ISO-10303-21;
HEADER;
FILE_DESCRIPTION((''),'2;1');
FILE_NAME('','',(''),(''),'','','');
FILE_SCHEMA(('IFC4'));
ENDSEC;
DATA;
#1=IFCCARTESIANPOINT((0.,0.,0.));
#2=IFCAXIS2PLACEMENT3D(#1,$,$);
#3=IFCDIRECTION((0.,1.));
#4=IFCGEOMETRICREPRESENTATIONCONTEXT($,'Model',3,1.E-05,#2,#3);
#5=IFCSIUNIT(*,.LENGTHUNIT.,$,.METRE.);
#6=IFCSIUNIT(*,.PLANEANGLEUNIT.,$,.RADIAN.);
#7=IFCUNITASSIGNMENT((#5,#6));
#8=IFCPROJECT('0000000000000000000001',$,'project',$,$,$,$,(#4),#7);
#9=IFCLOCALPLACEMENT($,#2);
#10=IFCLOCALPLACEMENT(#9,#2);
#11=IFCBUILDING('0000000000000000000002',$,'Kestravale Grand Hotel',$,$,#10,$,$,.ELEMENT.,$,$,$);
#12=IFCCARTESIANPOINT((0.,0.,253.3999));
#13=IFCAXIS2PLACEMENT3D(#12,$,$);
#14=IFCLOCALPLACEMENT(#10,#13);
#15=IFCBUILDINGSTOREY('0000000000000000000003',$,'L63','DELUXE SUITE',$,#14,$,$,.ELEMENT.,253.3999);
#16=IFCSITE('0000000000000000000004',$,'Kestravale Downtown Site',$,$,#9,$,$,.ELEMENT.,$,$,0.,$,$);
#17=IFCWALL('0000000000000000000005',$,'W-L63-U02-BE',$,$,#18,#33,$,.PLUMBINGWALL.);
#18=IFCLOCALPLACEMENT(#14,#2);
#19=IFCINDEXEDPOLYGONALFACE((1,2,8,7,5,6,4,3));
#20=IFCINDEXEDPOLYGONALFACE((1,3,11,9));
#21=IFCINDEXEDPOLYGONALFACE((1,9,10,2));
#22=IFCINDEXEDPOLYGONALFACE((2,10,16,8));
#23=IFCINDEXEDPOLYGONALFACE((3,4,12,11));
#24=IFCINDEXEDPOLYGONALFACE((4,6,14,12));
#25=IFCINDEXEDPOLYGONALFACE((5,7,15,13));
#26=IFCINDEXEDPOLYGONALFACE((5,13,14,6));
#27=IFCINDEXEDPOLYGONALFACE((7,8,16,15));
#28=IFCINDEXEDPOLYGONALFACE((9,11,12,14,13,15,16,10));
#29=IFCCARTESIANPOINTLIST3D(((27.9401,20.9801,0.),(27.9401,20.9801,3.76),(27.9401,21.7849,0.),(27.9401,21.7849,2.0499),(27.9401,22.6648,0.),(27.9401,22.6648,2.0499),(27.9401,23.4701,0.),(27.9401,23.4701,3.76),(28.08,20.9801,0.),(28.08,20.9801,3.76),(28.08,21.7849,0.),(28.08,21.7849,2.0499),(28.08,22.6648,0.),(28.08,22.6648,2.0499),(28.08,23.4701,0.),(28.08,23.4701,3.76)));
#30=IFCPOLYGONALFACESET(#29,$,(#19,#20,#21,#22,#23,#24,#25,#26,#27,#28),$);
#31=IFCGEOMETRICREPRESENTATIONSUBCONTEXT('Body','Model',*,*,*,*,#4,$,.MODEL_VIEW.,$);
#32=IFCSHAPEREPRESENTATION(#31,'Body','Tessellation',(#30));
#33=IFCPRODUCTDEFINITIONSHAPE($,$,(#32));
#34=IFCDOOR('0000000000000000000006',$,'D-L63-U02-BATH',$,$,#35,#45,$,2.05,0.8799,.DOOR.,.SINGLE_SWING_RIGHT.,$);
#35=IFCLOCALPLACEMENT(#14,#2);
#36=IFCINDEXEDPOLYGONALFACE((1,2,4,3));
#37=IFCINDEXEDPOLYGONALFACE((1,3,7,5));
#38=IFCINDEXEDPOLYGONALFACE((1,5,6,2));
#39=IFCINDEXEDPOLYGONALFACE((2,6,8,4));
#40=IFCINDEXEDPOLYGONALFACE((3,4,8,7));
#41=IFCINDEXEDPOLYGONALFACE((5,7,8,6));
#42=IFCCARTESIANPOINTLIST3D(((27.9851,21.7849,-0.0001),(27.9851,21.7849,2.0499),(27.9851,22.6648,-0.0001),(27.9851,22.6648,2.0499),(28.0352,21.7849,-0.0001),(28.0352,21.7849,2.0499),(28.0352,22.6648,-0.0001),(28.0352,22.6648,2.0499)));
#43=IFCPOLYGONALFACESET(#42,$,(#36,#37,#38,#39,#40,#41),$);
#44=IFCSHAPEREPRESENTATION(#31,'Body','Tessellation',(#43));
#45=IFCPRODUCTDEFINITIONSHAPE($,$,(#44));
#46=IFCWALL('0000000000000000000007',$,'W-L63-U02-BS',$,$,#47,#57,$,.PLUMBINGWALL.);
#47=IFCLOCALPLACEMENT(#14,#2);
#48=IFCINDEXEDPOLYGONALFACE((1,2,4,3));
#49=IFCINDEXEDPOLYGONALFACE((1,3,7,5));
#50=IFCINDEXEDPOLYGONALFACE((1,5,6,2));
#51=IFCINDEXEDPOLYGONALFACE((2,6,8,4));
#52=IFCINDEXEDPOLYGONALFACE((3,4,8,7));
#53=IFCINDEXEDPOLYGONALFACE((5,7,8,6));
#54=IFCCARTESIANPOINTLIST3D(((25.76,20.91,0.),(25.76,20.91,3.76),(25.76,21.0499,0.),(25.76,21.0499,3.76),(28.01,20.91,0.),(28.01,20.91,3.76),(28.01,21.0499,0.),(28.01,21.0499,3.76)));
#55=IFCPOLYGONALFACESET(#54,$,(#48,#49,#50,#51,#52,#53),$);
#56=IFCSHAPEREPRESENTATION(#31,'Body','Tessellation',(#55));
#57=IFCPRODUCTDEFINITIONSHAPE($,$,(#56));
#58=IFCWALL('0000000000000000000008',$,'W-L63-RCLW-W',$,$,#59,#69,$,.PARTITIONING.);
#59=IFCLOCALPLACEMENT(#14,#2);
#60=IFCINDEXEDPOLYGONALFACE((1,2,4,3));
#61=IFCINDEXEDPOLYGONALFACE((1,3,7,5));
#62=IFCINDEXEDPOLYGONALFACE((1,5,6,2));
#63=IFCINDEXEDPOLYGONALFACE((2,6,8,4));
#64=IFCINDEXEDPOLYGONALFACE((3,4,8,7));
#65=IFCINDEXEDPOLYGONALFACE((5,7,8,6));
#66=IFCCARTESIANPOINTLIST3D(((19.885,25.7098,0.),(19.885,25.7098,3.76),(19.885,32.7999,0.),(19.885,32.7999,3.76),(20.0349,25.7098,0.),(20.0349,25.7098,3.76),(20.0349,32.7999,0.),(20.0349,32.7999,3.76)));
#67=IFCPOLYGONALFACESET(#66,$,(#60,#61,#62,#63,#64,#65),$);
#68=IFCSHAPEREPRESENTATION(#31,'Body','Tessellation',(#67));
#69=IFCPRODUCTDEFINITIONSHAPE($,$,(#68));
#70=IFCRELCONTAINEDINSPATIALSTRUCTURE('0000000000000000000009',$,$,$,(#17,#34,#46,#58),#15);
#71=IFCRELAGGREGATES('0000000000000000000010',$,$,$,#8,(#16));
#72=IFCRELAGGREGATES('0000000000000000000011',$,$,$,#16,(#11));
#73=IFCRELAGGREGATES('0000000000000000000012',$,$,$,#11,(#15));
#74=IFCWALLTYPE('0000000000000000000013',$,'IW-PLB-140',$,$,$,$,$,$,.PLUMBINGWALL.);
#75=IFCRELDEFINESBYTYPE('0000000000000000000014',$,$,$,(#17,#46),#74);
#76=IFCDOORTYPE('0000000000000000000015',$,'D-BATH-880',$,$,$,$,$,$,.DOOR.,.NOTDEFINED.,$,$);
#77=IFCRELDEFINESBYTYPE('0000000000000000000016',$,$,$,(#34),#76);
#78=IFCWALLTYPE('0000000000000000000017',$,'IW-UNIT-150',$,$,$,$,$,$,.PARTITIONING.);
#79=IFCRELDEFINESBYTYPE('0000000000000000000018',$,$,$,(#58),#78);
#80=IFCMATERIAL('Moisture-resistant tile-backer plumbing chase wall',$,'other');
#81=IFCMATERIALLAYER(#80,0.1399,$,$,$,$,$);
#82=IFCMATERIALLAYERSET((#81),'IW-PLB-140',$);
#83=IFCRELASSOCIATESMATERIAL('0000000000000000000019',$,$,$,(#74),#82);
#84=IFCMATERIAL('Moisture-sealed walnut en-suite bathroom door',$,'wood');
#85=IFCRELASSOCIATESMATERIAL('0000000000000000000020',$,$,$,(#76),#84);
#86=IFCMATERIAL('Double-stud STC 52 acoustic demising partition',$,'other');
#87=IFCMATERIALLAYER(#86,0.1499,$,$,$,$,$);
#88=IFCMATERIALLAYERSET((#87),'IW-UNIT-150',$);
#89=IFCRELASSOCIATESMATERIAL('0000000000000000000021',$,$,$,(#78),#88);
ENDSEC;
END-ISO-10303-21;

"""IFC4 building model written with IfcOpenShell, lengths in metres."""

from ifc_helpers import new_model, si_unit, direction, frame, frame_2d, origin, place, context, subcontext, project, spatial, rectangle, extrude, material, layer, layer_set, type_object, element, fill, save


model = new_model("IFC4")

# Units and contexts
model_context = context("Model", 3, precision=1e-05, world=origin(), true_north=direction((0.0, 1.0)))
body_context = subcontext(model_context, "Body", "Model", "MODEL_VIEW")
ifc_project = project(units=[si_unit("LENGTHUNIT", "METRE"), si_unit("PLANEANGLEUNIT", "RADIAN")], contexts=[model_context])

# Site, building, storey
site_placement = place(None, origin())
site = spatial("IfcSite", under=ifc_project, at=site_placement, Name="Kestravale Downtown Site", CompositionType="ELEMENT", RefElevation=0.0)
building_placement = place(site_placement, origin())
building = spatial("IfcBuilding", under=site, at=building_placement, Name="Kestravale Grand Hotel", CompositionType="ELEMENT")
storey_placement = place(building_placement, frame((0.0, 0.0, 253.3999)))
storey = spatial("IfcBuildingStorey", under=building, at=storey_placement, Name="L63", Description="DELUXE SUITE", CompositionType="ELEMENT", Elevation=253.3999)

# Shared definitions
ifc_material_1 = material(Name="Moisture-resistant tile-backer plumbing chase wall", Category="other")
ifc_layer_1 = layer(ifc_material_1, 0.1399)
ifc_layer_set_1 = layer_set([ifc_layer_1], Name="IW-PLB-140")
wall_type_1 = type_object("IfcWallType", Name="IW-PLB-140", PredefinedType="PLUMBINGWALL", material=ifc_layer_set_1)
ifc_material_2 = material(Name="Moisture-sealed walnut en-suite bathroom door", Category="wood")
door_type_1 = type_object("IfcDoorType", Name="D-BATH-880", OperationType="NOTDEFINED", PredefinedType="DOOR", material=ifc_material_2)

# Wall, opening, door
wall_1_placement = place(storey_placement, frame((28.01, 20.98, 0.0), z_axis=(0.0, 0.0, 1.0), x_axis=(0.0, 1.0, 0.0)))
wall_1 = element("IfcWall", 1, at=wall_1_placement, inside=storey, type_object=wall_type_1, Name="W-L63-U02-BE", PredefinedType="PLUMBINGWALL", context=body_context, shape_type="SweptSolid", body=[
    extrude(rectangle(XDim=2.49, YDim=0.1399, at=frame_2d((1.2451, 0.0))), origin(), (0.0, 0.0, 1.0), 3.76),
])
opening_1_placement = place(wall_1_placement, frame((0.8049, 0.0, 0.0)))
opening_1 = element("IfcOpeningElement", 2, at=opening_1_placement, cuts=wall_1, PredefinedType="OPENING", context=body_context, shape_type="SweptSolid", body=[
    extrude(rectangle(XDim=0.8799, YDim=2.05, at=frame_2d((0.4399, 1.0249))), frame((0.0, 0.0798, 0.0), z_axis=(0.0, -1.0, 0.0), x_axis=(1.0, 0.0, 0.0)), (0.0, 0.0, 1.0), 0.1599),
])
door_1_placement = place(opening_1_placement, origin())
door_1 = element("IfcDoor", 3, at=door_1_placement, inside=storey, type_object=door_type_1, Name="D-L63-U02-BATH", OperationType="SINGLE_SWING_RIGHT", OverallHeight=2.05, OverallWidth=0.8799, PredefinedType="DOOR", context=body_context, shape_type="SweptSolid", body=[
    extrude(rectangle(XDim=0.8799, YDim=2.05, at=frame_2d((0.4399, 1.0249))), frame((0.0, 0.0249, 0.0), z_axis=(0.0, -1.0, 0.0), x_axis=(1.0, 0.0, 0.0)), (0.0, 0.0, 1.0), 0.05),
])
fill(opening_1, door_1)

# Walls
wall_2_placement = place(storey_placement, frame((25.76, 20.98, 0.0), z_axis=(0.0, 0.0, 1.0), x_axis=(1.0, 0.0, 0.0)))
element("IfcWall", 4, at=wall_2_placement, inside=storey, type_object=wall_type_1, Name="W-L63-U02-BS", PredefinedType="PLUMBINGWALL", context=body_context, shape_type="SweptSolid", body=[
    extrude(rectangle(XDim=2.25, YDim=0.1399, at=frame_2d((1.125, 0.0))), origin(), (0.0, 0.0, 1.0), 3.76),
])
ifc_material_3 = material(Name="Double-stud STC 52 acoustic demising partition", Category="other")
ifc_layer_2 = layer(ifc_material_3, 0.1499)
ifc_layer_set_2 = layer_set([ifc_layer_2], Name="IW-UNIT-150")
wall_type_2 = type_object("IfcWallType", Name="IW-UNIT-150", PredefinedType="PARTITIONING", material=ifc_layer_set_2)
wall_3_placement = place(storey_placement, frame((19.96, 25.71, 0.0), z_axis=(0.0, 0.0, 1.0), x_axis=(0.0, 1.0, 0.0)))
element("IfcWall", 5, at=wall_3_placement, inside=storey, type_object=wall_type_2, Name="W-L63-RCLW-W", PredefinedType="PARTITIONING", context=body_context, shape_type="SweptSolid", body=[
    extrude(rectangle(XDim=7.0901, YDim=0.1499, at=frame_2d((3.5449, 0.0))), origin(), (0.0, 0.0, 1.0), 3.76),
])

save(model, "model.ifc")
